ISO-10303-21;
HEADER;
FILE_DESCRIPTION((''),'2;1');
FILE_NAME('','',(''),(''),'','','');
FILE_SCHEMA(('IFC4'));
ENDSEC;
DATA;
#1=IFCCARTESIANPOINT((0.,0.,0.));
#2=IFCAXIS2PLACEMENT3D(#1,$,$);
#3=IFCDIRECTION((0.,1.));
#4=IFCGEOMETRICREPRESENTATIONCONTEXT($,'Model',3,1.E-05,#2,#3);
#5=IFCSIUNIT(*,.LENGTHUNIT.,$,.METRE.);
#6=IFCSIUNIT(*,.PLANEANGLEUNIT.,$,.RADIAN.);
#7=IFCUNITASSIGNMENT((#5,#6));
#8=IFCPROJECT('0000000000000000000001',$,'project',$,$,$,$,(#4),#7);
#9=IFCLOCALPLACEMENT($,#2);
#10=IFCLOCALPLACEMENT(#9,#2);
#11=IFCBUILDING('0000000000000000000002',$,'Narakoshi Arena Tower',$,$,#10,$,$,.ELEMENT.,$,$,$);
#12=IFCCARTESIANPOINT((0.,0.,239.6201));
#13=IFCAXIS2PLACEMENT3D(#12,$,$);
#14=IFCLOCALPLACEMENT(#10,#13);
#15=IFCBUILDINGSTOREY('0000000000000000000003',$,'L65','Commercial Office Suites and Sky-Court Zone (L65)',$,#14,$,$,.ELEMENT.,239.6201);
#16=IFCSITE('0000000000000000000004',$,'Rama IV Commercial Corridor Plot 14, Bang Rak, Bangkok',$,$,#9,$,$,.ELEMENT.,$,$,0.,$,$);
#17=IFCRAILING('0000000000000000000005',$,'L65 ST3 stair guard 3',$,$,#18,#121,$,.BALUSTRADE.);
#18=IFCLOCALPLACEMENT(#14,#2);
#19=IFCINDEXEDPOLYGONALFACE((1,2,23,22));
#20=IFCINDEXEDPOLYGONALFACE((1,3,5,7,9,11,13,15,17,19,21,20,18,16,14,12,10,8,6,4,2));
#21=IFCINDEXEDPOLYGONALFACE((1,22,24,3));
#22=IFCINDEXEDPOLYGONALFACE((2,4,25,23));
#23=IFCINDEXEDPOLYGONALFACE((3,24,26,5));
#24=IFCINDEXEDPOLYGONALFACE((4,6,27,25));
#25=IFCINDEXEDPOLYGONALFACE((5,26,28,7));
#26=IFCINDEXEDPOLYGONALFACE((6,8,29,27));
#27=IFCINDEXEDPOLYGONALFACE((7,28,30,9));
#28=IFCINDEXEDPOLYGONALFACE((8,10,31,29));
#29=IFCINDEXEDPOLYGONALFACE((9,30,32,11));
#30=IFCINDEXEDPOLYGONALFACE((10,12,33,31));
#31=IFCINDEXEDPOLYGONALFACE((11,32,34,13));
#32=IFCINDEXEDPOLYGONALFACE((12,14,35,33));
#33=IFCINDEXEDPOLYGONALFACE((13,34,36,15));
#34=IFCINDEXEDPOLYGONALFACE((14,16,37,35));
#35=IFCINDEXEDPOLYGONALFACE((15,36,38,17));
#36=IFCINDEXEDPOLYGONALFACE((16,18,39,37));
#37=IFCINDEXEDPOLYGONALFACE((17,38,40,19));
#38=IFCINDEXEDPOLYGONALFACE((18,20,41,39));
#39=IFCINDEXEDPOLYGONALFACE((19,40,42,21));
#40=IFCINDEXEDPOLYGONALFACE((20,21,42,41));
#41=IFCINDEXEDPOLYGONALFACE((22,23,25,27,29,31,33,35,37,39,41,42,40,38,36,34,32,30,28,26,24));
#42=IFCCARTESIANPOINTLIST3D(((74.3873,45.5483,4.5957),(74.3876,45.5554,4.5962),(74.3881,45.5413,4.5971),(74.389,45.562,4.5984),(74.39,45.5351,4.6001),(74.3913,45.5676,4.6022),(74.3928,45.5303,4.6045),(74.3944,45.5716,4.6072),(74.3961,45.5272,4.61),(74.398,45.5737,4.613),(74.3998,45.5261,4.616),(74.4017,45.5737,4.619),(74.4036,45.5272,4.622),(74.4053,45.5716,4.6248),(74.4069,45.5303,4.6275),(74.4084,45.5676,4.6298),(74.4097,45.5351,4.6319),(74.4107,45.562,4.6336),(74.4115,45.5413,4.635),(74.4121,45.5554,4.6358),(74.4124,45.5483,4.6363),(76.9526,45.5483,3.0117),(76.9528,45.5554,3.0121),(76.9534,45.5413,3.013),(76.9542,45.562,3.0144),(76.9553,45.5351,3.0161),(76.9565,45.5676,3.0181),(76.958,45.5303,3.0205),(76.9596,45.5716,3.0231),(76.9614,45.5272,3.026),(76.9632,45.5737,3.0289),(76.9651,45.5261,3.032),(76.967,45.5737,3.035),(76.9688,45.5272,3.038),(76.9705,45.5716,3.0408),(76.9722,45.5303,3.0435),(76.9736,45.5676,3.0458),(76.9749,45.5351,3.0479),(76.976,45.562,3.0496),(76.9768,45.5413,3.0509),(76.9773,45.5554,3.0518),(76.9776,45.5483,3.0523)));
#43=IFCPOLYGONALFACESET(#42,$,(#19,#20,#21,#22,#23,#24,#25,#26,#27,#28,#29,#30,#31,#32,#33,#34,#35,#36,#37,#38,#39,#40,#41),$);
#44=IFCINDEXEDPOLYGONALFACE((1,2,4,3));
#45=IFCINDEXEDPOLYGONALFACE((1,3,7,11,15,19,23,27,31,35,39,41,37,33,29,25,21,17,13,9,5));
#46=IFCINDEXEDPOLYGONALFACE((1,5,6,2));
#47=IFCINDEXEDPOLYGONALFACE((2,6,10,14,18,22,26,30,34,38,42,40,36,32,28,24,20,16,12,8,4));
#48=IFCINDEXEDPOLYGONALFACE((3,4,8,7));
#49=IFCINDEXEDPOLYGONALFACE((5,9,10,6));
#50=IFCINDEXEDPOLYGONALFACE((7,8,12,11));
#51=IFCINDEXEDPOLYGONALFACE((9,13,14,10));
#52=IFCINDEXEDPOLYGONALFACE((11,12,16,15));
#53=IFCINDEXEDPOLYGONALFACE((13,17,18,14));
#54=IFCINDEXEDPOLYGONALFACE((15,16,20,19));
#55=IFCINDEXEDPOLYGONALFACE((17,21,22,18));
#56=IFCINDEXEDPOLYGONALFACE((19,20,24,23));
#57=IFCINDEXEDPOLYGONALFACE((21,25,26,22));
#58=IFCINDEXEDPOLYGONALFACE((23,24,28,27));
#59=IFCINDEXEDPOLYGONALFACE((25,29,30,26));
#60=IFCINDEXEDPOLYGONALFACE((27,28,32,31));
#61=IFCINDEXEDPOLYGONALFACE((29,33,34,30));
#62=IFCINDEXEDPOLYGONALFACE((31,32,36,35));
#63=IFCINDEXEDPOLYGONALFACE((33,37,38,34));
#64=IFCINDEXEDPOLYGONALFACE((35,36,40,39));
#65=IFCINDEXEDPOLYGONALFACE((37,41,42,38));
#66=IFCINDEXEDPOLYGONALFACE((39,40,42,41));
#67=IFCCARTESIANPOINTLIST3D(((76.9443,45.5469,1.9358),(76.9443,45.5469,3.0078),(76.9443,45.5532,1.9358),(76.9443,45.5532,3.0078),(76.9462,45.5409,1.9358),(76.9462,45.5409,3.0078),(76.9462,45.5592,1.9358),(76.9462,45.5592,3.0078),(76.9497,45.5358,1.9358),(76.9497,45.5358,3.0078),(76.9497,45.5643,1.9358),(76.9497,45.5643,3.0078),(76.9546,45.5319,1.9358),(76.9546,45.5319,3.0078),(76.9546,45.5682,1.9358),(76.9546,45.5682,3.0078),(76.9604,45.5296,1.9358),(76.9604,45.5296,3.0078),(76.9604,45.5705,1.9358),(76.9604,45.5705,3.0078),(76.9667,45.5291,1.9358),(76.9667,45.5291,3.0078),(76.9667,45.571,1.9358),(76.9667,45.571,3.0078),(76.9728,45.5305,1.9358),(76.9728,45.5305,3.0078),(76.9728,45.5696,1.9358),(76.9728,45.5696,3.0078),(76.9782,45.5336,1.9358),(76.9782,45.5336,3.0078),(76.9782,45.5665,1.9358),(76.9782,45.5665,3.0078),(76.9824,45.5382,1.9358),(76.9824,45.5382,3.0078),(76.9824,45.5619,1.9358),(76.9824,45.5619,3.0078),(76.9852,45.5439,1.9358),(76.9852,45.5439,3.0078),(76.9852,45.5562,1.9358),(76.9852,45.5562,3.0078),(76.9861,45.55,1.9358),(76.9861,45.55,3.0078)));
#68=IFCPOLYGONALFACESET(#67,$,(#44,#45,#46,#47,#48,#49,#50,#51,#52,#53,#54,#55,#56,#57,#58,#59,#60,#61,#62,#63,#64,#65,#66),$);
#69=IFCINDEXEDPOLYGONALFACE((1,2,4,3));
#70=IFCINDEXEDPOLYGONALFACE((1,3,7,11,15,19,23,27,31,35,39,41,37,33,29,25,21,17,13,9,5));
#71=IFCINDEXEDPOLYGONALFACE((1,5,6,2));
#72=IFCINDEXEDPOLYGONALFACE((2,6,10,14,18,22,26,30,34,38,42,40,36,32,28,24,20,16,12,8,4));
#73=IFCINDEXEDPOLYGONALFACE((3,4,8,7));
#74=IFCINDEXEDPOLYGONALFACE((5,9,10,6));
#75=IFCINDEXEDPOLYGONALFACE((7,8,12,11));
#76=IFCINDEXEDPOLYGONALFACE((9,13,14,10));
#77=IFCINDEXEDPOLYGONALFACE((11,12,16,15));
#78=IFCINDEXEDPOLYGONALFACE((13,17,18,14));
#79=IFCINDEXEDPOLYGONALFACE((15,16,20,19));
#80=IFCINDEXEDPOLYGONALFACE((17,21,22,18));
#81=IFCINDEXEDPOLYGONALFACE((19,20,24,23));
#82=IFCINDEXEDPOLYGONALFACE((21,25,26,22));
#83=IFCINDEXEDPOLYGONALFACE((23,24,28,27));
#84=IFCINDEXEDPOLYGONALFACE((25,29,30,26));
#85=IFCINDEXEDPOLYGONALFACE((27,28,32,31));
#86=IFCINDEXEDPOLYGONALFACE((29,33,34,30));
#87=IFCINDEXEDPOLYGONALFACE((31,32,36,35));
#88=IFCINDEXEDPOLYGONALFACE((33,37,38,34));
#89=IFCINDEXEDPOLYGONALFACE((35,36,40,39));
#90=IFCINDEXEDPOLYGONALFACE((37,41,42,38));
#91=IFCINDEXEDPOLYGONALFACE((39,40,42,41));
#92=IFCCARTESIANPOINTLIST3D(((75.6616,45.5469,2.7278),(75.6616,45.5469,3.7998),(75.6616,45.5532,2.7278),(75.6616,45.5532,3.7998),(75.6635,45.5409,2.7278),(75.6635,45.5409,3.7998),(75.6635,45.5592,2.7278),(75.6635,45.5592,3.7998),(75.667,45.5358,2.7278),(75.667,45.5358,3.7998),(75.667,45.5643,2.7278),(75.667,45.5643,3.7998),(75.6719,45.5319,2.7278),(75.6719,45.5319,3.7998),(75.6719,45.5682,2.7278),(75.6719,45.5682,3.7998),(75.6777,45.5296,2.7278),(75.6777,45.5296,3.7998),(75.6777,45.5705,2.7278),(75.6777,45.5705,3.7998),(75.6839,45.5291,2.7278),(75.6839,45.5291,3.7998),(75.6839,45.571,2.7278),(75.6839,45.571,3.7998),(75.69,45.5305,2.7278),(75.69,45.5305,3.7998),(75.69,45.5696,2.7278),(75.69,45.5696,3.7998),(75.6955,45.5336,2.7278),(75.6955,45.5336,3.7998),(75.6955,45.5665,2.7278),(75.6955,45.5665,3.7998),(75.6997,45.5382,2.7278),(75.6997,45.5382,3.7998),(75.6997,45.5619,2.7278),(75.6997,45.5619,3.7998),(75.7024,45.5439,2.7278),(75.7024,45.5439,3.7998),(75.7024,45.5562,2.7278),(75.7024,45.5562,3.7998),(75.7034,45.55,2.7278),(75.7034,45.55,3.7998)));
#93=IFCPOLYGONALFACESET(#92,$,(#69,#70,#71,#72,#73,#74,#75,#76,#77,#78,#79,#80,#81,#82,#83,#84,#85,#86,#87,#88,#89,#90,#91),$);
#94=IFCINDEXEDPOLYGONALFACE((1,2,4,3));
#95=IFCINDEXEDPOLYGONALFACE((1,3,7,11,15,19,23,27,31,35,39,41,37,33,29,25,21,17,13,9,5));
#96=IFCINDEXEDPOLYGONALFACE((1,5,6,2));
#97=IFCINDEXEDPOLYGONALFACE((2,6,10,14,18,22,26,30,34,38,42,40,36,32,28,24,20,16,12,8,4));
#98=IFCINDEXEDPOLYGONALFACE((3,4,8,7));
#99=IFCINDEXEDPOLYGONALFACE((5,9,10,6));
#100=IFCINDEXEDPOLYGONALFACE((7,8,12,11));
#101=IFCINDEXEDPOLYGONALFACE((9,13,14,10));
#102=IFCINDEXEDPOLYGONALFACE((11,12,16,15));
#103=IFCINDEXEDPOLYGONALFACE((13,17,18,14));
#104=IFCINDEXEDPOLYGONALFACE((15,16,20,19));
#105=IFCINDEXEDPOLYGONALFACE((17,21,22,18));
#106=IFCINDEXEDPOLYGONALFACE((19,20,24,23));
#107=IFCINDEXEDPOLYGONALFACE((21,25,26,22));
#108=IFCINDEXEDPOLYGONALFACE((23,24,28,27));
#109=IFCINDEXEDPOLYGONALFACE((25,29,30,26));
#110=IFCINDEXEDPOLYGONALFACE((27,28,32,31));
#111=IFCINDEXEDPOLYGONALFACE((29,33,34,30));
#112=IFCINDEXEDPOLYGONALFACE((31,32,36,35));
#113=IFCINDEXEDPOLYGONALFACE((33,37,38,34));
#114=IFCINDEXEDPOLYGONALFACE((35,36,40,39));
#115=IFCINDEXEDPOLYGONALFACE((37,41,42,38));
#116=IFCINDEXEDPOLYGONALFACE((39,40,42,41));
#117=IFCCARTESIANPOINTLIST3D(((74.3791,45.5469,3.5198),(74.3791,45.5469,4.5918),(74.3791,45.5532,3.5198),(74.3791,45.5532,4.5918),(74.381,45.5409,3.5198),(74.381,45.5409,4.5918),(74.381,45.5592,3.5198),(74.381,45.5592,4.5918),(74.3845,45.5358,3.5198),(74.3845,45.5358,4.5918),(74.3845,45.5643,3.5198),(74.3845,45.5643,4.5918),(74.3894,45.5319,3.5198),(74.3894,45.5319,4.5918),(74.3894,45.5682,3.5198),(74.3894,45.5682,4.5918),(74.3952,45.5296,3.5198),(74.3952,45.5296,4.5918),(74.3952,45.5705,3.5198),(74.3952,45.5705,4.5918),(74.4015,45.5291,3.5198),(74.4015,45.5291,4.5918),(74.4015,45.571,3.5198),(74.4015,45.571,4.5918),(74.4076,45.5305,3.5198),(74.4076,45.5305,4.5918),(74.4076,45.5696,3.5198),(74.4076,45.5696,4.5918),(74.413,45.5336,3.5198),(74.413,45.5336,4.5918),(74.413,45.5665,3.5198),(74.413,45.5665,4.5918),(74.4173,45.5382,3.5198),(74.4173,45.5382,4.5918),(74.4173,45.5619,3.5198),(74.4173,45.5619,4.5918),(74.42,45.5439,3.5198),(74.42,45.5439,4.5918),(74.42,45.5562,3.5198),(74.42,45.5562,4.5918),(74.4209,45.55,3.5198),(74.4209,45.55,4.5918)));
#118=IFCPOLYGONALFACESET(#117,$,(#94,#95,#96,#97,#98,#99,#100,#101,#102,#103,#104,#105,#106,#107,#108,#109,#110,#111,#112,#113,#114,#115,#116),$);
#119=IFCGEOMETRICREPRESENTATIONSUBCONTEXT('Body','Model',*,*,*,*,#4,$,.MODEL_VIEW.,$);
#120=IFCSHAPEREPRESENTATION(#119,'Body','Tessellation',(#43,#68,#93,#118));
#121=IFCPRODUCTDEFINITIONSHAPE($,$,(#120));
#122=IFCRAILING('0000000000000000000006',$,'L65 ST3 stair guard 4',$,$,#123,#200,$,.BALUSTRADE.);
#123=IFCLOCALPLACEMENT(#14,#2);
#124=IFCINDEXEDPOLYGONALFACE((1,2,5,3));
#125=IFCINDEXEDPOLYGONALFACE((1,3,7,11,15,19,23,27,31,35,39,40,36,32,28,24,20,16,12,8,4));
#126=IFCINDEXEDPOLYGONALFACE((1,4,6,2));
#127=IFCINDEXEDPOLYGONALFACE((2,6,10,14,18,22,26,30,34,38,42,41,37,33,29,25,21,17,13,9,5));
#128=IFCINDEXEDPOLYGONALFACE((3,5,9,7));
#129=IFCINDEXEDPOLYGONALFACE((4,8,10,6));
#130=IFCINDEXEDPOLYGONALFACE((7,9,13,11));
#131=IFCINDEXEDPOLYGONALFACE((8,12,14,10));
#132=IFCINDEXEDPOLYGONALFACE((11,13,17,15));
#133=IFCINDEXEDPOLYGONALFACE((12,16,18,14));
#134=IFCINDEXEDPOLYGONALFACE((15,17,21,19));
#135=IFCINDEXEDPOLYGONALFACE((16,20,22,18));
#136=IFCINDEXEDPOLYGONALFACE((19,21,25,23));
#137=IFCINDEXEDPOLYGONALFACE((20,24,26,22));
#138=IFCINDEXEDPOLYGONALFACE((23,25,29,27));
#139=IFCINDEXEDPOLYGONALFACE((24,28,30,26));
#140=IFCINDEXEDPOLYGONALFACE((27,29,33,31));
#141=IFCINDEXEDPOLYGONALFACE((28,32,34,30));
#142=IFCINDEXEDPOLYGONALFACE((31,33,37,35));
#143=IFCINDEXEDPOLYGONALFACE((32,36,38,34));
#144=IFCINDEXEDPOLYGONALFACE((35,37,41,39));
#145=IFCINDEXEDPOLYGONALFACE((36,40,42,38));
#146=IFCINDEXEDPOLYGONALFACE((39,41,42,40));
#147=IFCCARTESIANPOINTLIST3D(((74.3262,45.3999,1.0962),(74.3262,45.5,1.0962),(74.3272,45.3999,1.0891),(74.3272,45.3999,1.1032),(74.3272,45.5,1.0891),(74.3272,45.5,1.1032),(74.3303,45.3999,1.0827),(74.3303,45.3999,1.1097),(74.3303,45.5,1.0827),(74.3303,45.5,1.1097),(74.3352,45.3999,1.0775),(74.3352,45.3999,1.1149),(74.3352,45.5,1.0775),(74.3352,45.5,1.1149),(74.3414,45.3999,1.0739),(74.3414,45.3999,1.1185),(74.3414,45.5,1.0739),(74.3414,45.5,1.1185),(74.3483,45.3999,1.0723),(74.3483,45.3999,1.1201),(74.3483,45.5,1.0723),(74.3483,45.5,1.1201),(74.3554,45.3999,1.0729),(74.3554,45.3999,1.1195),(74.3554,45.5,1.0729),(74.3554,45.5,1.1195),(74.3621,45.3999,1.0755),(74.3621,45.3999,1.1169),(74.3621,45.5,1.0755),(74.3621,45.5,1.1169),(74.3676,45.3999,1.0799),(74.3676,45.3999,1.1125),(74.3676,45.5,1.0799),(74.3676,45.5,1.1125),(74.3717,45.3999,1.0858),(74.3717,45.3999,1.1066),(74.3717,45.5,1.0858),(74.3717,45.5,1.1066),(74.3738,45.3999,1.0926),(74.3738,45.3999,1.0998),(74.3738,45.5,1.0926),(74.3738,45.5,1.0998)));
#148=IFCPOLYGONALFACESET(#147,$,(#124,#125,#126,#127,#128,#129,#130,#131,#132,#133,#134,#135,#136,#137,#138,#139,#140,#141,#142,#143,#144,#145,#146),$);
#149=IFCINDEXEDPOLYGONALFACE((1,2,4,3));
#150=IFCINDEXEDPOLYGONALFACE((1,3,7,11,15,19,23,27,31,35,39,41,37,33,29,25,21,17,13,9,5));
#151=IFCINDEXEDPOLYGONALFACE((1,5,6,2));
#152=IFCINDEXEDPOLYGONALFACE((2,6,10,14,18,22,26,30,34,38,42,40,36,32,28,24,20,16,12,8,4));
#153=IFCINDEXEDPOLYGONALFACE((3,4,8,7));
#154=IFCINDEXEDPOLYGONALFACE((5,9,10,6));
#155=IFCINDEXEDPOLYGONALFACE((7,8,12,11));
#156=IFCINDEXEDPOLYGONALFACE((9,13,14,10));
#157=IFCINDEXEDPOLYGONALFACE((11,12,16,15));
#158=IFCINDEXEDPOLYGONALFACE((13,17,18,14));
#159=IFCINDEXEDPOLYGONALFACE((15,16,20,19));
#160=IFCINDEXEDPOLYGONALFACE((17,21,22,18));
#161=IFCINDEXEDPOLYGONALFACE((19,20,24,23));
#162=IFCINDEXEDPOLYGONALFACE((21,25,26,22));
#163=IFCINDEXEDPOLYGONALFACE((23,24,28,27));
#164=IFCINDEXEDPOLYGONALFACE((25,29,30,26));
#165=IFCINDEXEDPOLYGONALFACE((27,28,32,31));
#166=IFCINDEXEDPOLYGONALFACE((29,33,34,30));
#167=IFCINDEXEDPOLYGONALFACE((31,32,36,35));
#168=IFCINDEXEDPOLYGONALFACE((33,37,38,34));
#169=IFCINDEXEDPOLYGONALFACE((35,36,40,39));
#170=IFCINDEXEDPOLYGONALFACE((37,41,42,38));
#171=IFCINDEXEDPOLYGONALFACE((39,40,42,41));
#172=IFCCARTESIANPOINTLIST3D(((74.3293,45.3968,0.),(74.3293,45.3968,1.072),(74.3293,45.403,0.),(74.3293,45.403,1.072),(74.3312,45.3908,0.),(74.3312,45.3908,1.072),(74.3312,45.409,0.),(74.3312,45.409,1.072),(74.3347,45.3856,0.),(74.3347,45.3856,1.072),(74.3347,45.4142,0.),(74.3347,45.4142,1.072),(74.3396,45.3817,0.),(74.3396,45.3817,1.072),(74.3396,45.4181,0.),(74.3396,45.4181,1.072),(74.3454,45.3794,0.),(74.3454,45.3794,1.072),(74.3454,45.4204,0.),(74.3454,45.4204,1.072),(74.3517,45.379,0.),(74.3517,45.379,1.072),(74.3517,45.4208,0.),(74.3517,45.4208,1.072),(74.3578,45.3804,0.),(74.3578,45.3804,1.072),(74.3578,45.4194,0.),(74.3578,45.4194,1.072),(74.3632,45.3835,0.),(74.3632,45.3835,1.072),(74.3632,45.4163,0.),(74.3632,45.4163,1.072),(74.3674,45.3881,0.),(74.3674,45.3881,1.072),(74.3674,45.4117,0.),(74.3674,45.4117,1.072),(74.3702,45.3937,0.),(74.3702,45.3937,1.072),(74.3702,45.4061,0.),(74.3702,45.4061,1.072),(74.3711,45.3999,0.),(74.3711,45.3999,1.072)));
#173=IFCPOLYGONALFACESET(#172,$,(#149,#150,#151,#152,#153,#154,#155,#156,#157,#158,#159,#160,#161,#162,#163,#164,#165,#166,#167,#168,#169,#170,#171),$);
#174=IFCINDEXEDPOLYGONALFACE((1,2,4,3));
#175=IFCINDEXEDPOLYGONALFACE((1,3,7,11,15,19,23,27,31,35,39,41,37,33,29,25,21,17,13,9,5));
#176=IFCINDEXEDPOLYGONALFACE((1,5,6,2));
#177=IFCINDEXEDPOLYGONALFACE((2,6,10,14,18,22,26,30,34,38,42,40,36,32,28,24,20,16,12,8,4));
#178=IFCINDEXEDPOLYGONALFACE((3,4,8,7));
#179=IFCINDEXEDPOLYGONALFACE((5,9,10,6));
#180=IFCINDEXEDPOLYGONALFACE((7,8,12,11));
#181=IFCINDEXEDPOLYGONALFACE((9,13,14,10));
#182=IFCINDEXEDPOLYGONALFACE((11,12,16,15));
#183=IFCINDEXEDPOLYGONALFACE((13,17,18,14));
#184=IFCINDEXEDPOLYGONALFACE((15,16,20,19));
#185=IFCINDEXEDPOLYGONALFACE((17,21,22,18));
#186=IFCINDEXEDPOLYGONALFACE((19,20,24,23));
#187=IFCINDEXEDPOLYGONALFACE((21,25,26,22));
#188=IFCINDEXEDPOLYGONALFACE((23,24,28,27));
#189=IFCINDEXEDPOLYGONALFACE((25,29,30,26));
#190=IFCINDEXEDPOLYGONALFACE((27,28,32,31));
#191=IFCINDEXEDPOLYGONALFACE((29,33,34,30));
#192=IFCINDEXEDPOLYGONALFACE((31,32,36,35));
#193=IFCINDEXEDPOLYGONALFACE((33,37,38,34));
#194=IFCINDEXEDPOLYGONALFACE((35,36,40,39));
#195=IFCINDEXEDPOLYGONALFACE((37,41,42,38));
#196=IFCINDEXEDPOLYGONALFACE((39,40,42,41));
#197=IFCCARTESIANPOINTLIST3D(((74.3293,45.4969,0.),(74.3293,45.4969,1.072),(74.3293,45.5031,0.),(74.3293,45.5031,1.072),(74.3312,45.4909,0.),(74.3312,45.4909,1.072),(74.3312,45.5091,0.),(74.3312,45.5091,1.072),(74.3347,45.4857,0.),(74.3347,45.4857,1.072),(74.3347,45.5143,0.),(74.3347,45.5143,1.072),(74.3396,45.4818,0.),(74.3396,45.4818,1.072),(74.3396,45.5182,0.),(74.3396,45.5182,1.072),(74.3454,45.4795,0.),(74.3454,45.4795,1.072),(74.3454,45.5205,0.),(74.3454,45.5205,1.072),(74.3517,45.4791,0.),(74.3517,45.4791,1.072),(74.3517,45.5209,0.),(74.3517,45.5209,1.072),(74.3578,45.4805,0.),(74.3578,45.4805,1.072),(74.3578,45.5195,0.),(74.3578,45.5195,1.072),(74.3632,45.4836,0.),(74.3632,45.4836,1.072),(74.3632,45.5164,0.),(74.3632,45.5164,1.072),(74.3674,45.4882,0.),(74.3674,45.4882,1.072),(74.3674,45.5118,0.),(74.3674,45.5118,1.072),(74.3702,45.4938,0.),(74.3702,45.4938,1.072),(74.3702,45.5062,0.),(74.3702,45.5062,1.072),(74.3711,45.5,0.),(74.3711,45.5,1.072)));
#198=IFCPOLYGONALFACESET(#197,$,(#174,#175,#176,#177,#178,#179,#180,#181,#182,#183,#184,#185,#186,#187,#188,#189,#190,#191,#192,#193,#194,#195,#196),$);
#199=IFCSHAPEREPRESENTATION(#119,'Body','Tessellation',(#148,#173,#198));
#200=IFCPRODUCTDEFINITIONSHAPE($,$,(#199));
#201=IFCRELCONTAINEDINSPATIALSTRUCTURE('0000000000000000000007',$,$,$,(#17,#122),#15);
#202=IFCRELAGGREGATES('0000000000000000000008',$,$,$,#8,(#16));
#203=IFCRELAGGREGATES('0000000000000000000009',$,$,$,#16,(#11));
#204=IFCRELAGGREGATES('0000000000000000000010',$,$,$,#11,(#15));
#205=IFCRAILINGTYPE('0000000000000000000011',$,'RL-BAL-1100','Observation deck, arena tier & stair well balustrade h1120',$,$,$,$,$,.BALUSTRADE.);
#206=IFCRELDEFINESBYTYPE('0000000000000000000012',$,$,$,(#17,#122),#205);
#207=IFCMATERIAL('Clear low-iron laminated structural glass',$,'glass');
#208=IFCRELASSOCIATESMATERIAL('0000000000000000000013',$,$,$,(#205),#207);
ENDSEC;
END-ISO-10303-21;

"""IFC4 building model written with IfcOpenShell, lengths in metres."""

from ifc_helpers import new_model, si_unit, direction, frame, origin, origin_2d, place, context, subcontext, project, spatial, circle, extrude, material, type_object, element, save


model = new_model("IFC4")

# Units and contexts
model_context = context("Model", 3, precision=1e-05, world=origin(), true_north=direction((0.0, 1.0)))
body_context = subcontext(model_context, "Body", "Model", "MODEL_VIEW")
ifc_project = project(units=[si_unit("LENGTHUNIT", "METRE"), si_unit("PLANEANGLEUNIT", "RADIAN")], contexts=[model_context])

# Site, building, storey
site_placement = place(None, origin())
site = spatial("IfcSite", under=ifc_project, at=site_placement, Name="Rama IV Commercial Corridor Plot 14, Bang Rak, Bangkok", CompositionType="ELEMENT", RefElevation=0.0)
building_placement = place(site_placement, origin())
building = spatial("IfcBuilding", under=site, at=building_placement, Name="Narakoshi Arena Tower", CompositionType="ELEMENT")
storey_placement = place(building_placement, frame((0.0, 0.0, 239.6201)))
storey = spatial("IfcBuildingStorey", under=building, at=storey_placement, Name="L65", Description="Commercial Office Suites and Sky-Court Zone (L65)", CompositionType="ELEMENT", Elevation=239.6201)

# Railings
ifc_material_1 = material(Name="Clear low-iron laminated structural glass", Category="glass")
railing_type_1 = type_object("IfcRailingType", Name="RL-BAL-1100", Description="Observation deck, arena tier & stair well balustrade h1120", PredefinedType="BALUSTRADE", material=ifc_material_1)
railing_1_placement = place(storey_placement, frame((76.9651, 45.55, 1.9358)))
element("IfcRailing", 1, at=railing_1_placement, inside=storey, type_object=railing_type_1, Name="L65 ST3 stair guard 3", PredefinedType="BALUSTRADE", context=body_context, shape_type="SweptSolid", body=[
    extrude(circle(Radius=0.0239, at=origin_2d()), frame((0.0, 0.0, 1.0962), z_axis=(-0.850857, 0.0, 0.525398), x_axis=(0.0, -1.0, 0.0)), (0.0, 0.0, 1.0), 3.0149),
    extrude(circle(Radius=0.021, at=origin_2d()), origin(), (0.0, 0.0, 1.0), 1.072),
    extrude(circle(Radius=0.021, at=origin_2d()), frame((-1.2827, 0.0, 0.792)), (0.0, 0.0, 1.0), 1.072),
    extrude(circle(Radius=0.021, at=origin_2d()), frame((-2.5652, 0.0, 1.584)), (0.0, 0.0, 1.0), 1.072),
])
railing_2_placement = place(storey_placement, frame((74.3501, 45.3999, 0.0)))
element("IfcRailing", 2, at=railing_2_placement, inside=storey, type_object=railing_type_1, Name="L65 ST3 stair guard 4", PredefinedType="BALUSTRADE", context=body_context, shape_type="SweptSolid", body=[
    extrude(circle(Radius=0.0239, at=origin_2d()), frame((0.0, 0.0, 1.0962), z_axis=(0.0, 1.0, 0.0), x_axis=(-1.0, 0.0, 0.0)), (0.0, 0.0, 1.0), 0.1001),
    extrude(circle(Radius=0.021, at=origin_2d()), origin(), (0.0, 0.0, 1.0), 1.072),
    extrude(circle(Radius=0.021, at=origin_2d()), frame((0.0, 0.1001, 0.0)), (0.0, 0.0, 1.0), 1.072),
])

save(model, "model.ifc")
